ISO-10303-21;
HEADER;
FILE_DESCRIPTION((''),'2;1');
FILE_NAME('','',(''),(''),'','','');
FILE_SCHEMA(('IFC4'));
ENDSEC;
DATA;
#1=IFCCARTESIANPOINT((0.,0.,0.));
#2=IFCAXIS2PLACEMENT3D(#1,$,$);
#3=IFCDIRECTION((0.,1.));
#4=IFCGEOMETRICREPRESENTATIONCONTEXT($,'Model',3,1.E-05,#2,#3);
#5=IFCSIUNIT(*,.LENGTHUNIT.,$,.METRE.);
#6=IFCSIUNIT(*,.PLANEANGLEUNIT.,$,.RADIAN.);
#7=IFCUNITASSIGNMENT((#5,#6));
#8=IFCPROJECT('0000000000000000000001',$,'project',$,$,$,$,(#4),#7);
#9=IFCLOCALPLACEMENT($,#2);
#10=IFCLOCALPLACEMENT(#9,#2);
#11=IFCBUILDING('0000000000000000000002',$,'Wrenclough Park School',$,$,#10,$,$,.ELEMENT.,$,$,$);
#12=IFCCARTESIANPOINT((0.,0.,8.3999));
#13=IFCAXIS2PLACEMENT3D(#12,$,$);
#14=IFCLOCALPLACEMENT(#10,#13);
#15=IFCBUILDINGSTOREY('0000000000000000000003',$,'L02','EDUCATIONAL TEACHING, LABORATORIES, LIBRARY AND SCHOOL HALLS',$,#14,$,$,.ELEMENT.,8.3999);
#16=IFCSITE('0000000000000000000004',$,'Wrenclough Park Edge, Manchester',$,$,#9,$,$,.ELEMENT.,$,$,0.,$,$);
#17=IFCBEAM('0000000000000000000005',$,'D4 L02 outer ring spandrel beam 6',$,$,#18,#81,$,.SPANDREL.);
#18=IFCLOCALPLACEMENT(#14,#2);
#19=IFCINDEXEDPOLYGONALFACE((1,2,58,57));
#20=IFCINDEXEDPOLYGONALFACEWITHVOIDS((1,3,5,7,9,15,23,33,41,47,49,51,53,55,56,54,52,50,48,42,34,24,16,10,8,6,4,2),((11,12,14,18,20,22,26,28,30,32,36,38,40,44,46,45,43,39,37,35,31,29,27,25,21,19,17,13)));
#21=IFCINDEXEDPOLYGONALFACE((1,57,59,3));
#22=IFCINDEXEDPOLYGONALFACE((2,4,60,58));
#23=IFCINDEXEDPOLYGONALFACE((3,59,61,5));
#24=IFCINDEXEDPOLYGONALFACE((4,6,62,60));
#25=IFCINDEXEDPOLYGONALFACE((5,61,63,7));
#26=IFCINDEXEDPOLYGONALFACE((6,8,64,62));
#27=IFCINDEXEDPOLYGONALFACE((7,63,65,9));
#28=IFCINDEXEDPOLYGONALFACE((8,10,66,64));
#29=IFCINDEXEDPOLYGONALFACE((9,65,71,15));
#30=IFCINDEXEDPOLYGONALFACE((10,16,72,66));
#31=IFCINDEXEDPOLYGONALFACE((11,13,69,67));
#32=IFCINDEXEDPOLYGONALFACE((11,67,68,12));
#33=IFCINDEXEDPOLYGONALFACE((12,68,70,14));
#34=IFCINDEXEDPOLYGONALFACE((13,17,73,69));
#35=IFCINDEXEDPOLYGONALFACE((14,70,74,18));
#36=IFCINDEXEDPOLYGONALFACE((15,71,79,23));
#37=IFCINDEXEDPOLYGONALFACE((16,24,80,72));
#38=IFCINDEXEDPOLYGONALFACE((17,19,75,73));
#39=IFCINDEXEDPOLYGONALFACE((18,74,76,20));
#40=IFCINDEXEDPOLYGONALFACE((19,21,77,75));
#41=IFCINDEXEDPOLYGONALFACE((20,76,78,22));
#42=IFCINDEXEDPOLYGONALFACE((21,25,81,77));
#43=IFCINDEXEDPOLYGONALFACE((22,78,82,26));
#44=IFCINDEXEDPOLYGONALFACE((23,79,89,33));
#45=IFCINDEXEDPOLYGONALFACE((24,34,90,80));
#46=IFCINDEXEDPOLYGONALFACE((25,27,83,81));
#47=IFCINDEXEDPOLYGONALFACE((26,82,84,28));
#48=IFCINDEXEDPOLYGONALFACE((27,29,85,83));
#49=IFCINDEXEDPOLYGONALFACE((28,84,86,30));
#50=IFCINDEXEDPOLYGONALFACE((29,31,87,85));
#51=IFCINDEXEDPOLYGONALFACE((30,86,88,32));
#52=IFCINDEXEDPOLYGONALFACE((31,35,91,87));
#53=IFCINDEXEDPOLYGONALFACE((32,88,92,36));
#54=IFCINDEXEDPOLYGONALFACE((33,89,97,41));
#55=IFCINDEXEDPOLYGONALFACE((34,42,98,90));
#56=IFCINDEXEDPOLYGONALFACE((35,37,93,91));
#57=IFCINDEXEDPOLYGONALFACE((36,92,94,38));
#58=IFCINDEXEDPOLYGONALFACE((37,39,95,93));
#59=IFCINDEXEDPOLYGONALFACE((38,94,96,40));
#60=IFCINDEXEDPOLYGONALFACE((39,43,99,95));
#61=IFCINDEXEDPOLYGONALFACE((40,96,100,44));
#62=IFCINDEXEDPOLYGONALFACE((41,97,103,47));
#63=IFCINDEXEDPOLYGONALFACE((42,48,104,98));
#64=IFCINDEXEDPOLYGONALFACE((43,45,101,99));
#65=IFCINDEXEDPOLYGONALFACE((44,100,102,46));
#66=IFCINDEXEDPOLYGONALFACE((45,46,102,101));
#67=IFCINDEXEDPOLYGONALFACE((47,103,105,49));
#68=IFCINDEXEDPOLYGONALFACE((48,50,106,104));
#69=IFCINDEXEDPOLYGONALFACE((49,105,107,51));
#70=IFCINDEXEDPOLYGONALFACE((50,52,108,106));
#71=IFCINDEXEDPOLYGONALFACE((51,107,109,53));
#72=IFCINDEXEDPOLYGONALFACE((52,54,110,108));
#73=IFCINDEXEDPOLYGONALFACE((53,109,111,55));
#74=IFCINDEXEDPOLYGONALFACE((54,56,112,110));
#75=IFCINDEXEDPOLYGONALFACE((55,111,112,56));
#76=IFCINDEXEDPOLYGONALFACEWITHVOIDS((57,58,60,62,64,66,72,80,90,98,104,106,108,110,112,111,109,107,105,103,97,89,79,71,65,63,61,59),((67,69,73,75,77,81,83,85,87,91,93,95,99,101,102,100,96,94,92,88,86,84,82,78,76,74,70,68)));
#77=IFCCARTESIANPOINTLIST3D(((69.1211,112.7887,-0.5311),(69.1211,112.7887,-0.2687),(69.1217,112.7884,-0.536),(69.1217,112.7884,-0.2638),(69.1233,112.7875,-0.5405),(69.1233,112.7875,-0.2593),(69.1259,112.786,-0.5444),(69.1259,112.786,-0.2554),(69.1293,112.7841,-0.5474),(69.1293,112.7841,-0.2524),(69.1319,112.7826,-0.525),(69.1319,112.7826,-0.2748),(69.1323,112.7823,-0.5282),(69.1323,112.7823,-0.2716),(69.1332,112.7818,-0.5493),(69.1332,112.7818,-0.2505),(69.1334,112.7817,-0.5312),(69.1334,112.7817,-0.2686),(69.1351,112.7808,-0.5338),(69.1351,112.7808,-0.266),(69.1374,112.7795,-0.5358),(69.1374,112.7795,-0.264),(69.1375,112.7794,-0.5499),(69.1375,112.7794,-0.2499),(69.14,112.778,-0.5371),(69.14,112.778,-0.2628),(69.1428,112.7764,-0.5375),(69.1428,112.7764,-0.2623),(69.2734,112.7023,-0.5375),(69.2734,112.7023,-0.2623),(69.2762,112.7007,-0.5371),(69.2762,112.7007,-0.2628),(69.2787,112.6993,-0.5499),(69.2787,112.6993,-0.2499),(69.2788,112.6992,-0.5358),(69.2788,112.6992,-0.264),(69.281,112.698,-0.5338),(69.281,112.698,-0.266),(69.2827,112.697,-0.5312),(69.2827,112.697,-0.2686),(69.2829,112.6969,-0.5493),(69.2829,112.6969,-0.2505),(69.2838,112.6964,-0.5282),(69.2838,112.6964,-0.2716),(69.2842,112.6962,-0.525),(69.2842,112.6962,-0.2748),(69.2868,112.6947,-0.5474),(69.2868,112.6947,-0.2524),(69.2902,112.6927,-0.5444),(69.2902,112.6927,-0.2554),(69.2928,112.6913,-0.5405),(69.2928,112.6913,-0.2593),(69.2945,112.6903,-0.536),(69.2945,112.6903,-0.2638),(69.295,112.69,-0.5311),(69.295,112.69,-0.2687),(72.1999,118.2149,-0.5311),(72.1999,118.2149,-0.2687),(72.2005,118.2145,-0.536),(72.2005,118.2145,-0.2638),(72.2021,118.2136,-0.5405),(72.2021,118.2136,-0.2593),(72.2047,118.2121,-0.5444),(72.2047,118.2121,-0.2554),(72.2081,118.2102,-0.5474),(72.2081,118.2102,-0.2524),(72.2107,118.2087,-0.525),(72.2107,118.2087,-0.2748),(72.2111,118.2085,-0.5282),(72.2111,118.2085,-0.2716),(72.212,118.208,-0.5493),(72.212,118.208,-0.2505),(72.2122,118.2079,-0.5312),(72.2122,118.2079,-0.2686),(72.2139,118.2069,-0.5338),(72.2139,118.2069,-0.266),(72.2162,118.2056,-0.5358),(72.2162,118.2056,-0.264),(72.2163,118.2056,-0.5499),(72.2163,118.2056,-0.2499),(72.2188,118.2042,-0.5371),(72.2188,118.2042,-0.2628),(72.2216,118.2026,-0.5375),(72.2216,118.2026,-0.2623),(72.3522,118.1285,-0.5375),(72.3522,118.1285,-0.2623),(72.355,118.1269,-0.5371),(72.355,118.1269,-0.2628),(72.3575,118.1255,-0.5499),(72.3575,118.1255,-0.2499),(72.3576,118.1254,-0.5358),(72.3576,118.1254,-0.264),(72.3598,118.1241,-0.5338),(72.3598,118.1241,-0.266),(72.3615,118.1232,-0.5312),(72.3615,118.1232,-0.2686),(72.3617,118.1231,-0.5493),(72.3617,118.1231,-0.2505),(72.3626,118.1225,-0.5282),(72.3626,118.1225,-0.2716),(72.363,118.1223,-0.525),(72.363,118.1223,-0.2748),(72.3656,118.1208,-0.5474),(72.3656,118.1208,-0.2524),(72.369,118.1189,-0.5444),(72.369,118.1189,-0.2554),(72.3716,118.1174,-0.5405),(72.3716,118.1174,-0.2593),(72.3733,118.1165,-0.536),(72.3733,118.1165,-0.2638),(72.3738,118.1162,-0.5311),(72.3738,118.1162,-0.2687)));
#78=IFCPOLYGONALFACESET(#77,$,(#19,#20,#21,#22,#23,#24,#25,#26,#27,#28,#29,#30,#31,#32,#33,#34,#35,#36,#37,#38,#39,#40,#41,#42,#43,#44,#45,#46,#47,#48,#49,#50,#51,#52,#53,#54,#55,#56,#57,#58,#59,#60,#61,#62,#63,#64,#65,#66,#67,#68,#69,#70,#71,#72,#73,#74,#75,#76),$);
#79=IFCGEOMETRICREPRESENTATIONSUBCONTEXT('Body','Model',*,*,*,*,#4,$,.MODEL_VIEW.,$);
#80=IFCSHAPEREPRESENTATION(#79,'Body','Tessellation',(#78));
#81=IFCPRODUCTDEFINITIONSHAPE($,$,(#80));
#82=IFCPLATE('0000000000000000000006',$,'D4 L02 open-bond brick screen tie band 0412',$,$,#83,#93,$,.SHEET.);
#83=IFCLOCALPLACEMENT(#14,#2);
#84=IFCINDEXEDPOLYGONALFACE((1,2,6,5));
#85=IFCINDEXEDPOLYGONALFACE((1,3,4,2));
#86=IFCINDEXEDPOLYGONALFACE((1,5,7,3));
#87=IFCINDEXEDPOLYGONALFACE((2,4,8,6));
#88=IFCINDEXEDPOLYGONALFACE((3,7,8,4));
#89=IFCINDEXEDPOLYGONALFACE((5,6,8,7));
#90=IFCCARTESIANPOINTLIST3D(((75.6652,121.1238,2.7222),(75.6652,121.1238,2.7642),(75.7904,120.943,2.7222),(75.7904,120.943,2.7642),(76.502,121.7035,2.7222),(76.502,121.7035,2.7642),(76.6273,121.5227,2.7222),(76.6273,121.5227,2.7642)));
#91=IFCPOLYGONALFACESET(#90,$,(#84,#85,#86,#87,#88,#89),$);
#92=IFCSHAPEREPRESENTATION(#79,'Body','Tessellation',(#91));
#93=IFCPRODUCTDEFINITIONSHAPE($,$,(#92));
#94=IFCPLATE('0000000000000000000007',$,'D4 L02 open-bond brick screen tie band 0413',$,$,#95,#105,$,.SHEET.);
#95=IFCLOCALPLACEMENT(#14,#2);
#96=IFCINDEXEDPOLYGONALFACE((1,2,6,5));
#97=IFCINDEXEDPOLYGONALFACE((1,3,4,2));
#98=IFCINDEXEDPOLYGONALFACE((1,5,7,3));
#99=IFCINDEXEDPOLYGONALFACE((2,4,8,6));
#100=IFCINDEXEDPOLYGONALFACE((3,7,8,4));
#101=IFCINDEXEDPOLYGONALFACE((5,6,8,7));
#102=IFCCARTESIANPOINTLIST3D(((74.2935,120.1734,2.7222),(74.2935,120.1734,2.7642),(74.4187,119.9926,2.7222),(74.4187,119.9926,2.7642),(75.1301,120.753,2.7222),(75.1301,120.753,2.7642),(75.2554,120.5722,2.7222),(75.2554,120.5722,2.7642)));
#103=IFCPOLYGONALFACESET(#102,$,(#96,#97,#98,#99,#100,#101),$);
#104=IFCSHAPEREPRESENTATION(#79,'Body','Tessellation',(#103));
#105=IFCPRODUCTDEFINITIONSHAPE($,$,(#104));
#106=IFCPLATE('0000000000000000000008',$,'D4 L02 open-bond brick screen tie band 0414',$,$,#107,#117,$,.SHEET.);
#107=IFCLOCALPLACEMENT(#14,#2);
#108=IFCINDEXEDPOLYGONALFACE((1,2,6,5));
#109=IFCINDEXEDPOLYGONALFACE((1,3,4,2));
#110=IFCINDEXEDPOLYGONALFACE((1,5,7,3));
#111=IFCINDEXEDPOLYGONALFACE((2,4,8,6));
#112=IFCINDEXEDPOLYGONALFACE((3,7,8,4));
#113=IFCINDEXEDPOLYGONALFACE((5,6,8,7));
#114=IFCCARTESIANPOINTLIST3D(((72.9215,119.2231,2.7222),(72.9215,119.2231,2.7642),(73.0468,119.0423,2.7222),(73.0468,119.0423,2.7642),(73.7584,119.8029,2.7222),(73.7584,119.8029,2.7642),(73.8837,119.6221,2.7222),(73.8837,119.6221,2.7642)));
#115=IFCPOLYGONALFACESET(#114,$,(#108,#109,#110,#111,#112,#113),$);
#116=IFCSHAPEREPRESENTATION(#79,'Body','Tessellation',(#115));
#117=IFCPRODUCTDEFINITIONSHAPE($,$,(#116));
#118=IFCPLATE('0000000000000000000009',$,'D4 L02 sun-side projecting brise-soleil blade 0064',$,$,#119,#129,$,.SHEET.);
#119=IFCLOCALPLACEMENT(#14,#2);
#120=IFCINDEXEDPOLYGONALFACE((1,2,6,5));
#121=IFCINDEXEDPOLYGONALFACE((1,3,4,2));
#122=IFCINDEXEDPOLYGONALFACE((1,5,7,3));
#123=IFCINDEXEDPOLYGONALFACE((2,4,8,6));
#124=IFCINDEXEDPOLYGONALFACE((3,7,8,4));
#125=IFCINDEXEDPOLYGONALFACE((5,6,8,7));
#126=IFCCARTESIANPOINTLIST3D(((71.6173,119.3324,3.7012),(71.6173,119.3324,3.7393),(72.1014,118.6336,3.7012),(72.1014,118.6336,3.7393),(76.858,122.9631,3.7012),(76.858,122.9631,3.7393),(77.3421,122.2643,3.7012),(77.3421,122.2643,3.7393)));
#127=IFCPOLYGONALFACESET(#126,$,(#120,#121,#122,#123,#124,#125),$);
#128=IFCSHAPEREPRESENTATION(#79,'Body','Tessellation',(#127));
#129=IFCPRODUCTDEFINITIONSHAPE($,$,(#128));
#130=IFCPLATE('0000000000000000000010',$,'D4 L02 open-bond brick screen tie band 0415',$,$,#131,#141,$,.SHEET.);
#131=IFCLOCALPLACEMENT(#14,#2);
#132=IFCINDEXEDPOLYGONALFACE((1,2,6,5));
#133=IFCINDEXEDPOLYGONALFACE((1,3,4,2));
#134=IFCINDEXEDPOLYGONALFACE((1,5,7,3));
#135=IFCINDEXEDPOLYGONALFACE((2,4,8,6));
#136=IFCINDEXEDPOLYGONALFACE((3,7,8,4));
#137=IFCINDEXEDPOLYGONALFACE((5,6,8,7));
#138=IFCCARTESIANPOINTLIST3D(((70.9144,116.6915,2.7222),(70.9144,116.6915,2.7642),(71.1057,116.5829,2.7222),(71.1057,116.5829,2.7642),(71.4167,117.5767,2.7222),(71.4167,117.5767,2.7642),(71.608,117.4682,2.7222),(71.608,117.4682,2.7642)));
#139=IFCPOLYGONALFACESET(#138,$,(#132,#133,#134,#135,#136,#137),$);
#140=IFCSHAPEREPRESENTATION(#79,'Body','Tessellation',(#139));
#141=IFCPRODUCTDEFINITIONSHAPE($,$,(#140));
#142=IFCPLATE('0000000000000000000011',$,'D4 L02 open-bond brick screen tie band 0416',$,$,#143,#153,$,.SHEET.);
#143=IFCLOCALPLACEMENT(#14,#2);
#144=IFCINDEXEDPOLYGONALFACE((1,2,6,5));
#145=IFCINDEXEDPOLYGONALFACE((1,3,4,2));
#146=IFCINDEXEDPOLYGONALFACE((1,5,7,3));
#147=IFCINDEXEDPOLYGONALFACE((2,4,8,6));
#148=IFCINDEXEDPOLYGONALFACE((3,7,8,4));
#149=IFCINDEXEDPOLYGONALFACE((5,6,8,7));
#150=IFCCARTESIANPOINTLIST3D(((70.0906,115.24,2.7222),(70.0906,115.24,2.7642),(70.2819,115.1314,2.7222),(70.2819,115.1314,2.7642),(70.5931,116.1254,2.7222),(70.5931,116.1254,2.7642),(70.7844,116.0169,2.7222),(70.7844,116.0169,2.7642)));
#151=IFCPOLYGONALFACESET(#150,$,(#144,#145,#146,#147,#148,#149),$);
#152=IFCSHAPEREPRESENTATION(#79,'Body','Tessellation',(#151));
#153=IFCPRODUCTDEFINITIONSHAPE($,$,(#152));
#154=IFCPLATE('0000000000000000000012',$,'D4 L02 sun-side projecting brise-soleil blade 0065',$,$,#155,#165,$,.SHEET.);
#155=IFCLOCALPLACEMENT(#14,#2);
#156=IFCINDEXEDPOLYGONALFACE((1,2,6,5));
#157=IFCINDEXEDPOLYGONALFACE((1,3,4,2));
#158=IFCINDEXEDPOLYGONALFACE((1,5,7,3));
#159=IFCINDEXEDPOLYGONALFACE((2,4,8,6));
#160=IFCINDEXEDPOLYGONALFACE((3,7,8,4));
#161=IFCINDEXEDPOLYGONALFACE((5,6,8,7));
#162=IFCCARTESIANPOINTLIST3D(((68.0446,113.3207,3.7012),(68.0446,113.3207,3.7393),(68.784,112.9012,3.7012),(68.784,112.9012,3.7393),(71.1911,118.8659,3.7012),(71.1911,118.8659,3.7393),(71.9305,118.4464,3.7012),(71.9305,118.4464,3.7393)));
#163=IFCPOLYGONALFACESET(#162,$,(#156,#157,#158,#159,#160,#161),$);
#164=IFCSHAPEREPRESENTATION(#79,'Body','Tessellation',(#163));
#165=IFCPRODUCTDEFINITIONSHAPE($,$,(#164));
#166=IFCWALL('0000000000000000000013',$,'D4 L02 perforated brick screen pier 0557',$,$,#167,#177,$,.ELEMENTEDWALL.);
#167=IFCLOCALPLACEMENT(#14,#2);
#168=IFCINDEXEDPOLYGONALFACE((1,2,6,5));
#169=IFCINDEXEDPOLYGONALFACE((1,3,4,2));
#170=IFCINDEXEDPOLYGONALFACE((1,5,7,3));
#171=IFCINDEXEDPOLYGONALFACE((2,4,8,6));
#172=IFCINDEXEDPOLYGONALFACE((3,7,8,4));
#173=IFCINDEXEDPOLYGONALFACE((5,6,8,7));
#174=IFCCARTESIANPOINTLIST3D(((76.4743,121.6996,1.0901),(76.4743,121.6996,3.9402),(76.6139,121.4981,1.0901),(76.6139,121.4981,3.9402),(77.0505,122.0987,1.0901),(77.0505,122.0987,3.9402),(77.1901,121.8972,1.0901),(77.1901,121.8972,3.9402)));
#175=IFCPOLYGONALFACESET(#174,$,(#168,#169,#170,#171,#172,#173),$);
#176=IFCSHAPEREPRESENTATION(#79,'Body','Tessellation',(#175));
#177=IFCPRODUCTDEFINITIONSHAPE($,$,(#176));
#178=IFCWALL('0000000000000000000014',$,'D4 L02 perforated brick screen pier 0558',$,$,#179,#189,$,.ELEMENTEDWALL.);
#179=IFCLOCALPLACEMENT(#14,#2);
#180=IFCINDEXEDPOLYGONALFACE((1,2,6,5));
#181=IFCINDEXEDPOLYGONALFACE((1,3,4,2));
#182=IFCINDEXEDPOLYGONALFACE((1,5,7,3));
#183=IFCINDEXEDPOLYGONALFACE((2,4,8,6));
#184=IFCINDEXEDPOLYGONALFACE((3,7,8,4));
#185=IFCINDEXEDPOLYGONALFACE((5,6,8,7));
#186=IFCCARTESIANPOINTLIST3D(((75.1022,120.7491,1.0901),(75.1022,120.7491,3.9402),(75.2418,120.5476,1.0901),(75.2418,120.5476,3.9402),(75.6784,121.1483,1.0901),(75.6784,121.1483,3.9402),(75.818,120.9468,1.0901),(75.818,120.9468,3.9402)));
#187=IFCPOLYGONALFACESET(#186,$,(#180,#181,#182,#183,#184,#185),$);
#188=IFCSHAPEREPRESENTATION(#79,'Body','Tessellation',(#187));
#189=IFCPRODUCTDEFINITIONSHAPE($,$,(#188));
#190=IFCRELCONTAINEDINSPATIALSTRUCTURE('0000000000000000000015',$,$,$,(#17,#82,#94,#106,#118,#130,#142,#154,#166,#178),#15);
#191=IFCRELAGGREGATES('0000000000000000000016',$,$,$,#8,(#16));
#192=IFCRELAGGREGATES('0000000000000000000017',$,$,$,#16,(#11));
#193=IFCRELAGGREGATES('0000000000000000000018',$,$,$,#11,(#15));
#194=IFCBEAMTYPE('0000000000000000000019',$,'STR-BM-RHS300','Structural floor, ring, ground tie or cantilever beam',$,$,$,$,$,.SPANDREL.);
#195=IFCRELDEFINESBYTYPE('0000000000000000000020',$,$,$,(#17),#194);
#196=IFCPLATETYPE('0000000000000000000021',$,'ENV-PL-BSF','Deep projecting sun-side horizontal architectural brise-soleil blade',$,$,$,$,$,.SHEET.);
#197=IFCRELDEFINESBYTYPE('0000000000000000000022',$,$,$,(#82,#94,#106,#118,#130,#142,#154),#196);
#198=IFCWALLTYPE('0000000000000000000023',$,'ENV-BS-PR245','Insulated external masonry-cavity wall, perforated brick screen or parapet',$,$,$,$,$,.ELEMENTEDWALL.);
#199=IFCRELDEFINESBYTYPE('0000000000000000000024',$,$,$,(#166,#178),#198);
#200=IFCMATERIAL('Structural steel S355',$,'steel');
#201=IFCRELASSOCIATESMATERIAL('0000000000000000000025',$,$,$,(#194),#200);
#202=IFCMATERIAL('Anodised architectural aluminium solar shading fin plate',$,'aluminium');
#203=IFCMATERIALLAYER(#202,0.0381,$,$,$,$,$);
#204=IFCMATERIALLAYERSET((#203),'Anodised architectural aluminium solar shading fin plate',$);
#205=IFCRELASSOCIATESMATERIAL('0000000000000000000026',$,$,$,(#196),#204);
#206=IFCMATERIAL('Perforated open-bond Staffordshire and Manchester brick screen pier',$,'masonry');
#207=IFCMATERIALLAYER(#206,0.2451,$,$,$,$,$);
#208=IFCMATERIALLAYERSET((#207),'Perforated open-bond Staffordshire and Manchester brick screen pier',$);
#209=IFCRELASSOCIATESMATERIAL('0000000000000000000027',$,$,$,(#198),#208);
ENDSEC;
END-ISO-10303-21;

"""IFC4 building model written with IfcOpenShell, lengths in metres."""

from ifc_helpers import new_model, si_unit, direction, frame, frame_2d, origin, origin_2d, place, context, subcontext, project, spatial, rectangle, hollow_rectangle, extrude, material, layer, layer_set, material_profile, profile_set, type_object, element, save


model = new_model("IFC4")

# Units and contexts
model_context = context("Model", 3, precision=1e-05, world=origin(), true_north=direction((0.0, 1.0)))
body_context = subcontext(model_context, "Body", "Model", "MODEL_VIEW")
ifc_project = project(units=[si_unit("LENGTHUNIT", "METRE"), si_unit("PLANEANGLEUNIT", "RADIAN")], contexts=[model_context])

# Site, building, storey
site_placement = place(None, origin())
site = spatial("IfcSite", under=ifc_project, at=site_placement, Name="Wrenclough Park Edge, Manchester", CompositionType="ELEMENT", RefElevation=0.0)
building_placement = place(site_placement, origin())
building = spatial("IfcBuilding", under=site, at=building_placement, Name="Wrenclough Park School", CompositionType="ELEMENT")
storey_placement = place(building_placement, frame((0.0, 0.0, 8.3999)))
storey = spatial("IfcBuildingStorey", under=building, at=storey_placement, Name="L02", Description="EDUCATIONAL TEACHING, LABORATORIES, LIBRARY AND SCHOOL HALLS", CompositionType="ELEMENT", Elevation=8.3999)

# Shared definitions
ifc_material_1 = material(Name="Structural steel S355", Category="steel")

# Beam
ifc_material_profile_1 = material_profile(ifc_material_1, hollow_rectangle(XDim=0.2, YDim=0.3, WallThickness=0.0125, InnerFilletRadius=0.0125, OuterFilletRadius=0.0188, at=origin_2d()), Name="RHS 300x200x12.5")
ifc_profile_set_1 = profile_set([ifc_material_profile_1], Name="Structural steel S355")
beam_type = type_object("IfcBeamType", Name="STR-BM-RHS300", Description="Structural floor, ring, ground tie or cantilever beam", PredefinedType="SPANDREL", material=ifc_profile_set_1)
beam_1_placement = place(storey_placement, frame((72.2869, 118.1655, -0.3999), z_axis=(-0.493494, -0.869749, 0.0), x_axis=(0.869749, -0.493494, 0.0)))
element("IfcBeam", 1, at=beam_1_placement, inside=storey, type_object=beam_type, Name="D4 L02 outer ring spandrel beam 6", PredefinedType="SPANDREL", context=body_context, shape_type="SweptSolid", body=[
    extrude(hollow_rectangle(XDim=0.2, YDim=0.3, WallThickness=0.0125, InnerFilletRadius=0.0125, OuterFilletRadius=0.0188, at=origin_2d()), origin(), (0.0, 0.0, 1.0), 6.2388),
])

# Plates
ifc_material_2 = material(Name="Anodised architectural aluminium solar shading fin plate", Category="aluminium")
ifc_layer_1 = layer(ifc_material_2, 0.0381)
ifc_layer_set_1 = layer_set([ifc_layer_1], Name="Anodised architectural aluminium solar shading fin plate")
plate_type = type_object("IfcPlateType", Name="ENV-PL-BSF", Description="Deep projecting sun-side horizontal architectural brise-soleil blade", PredefinedType="SHEET", material=ifc_layer_set_1)
plate_1_placement = place(storey_placement, frame((76.1462, 121.3232, 2.7222), z_axis=(0.0, 0.0, 1.0), x_axis=(-0.822008, -0.569476, 0.0)))
element("IfcPlate", 2, at=plate_1_placement, inside=storey, type_object=plate_type, Name="D4 L02 open-bond brick screen tie band 0412", PredefinedType="SHEET", context=body_context, shape_type="SweptSolid", body=[
    extrude(rectangle(XDim=1.0181, YDim=0.22, at=origin_2d()), origin(), (0.0, 0.0, 1.0), 0.042),
])
plate_2_placement = place(storey_placement, frame((74.7744, 120.3728, 2.7222), z_axis=(0.0, 0.0, 1.0), x_axis=(-0.822008, -0.569476, 0.0)))
element("IfcPlate", 3, at=plate_2_placement, inside=storey, type_object=plate_type, Name="D4 L02 open-bond brick screen tie band 0413", PredefinedType="SHEET", context=body_context, shape_type="SweptSolid", body=[
    extrude(rectangle(XDim=1.0178, YDim=0.22, at=origin_2d()), origin(), (0.0, 0.0, 1.0), 0.042),
])
plate_3_placement = place(storey_placement, frame((73.4026, 119.4226, 2.7222), z_axis=(0.0, 0.0, 1.0), x_axis=(-0.822008, -0.569476, 0.0)))
element("IfcPlate", 4, at=plate_3_placement, inside=storey, type_object=plate_type, Name="D4 L02 open-bond brick screen tie band 0414", PredefinedType="SHEET", context=body_context, shape_type="SweptSolid", body=[
    extrude(rectangle(XDim=1.0181, YDim=0.22, at=origin_2d()), origin(), (0.0, 0.0, 1.0), 0.042),
])
plate_4_placement = place(storey_placement, frame((74.4797, 120.7983, 3.7012), z_axis=(0.0, 0.0, 1.0), x_axis=(-0.822008, -0.569476, 0.0)))
element("IfcPlate", 5, at=plate_4_placement, inside=storey, type_object=plate_type, Name="D4 L02 sun-side projecting brise-soleil blade 0064", PredefinedType="SHEET", context=body_context, shape_type="SweptSolid", body=[
    extrude(rectangle(XDim=6.3755, YDim=0.8501, at=origin_2d()), origin(), (0.0, 0.0, 1.0), 0.0381),
])
plate_5_placement = place(storey_placement, frame((71.2612, 117.0798, 2.7222), z_axis=(0.0, 0.0, 1.0), x_axis=(-0.493509, -0.869741, 0.0)))
element("IfcPlate", 6, at=plate_5_placement, inside=storey, type_object=plate_type, Name="D4 L02 open-bond brick screen tie band 0415", PredefinedType="SHEET", context=body_context, shape_type="SweptSolid", body=[
    extrude(rectangle(XDim=1.0178, YDim=0.22, at=origin_2d()), origin(), (0.0, 0.0, 1.0), 0.042),
])
plate_6_placement = place(storey_placement, frame((70.4375, 115.6284, 2.7222), z_axis=(0.0, 0.0, 1.0), x_axis=(-0.493509, -0.869741, 0.0)))
element("IfcPlate", 7, at=plate_6_placement, inside=storey, type_object=plate_type, Name="D4 L02 open-bond brick screen tie band 0416", PredefinedType="SHEET", context=body_context, shape_type="SweptSolid", body=[
    extrude(rectangle(XDim=1.0181, YDim=0.22, at=origin_2d()), origin(), (0.0, 0.0, 1.0), 0.042),
])
plate_7_placement = place(storey_placement, frame((69.9875, 115.8835, 3.7012), z_axis=(0.0, 0.0, 1.0), x_axis=(-0.493509, -0.869741, 0.0)))
element("IfcPlate", 8, at=plate_7_placement, inside=storey, type_object=plate_type, Name="D4 L02 sun-side projecting brise-soleil blade 0065", PredefinedType="SHEET", context=body_context, shape_type="SweptSolid", body=[
    extrude(rectangle(XDim=6.3757, YDim=0.8501, at=origin_2d()), origin(), (0.0, 0.0, 1.0), 0.0381),
])

# Walls
ifc_material_3 = material(Name="Perforated open-bond Staffordshire and Manchester brick screen pier", Category="masonry")
ifc_layer_2 = layer(ifc_material_3, 0.2451)
ifc_layer_set_2 = layer_set([ifc_layer_2], Name="Perforated open-bond Staffordshire and Manchester brick screen pier")
wall_type_1 = type_object("IfcWallType", Name="ENV-BS-PR245", Description="Insulated external masonry-cavity wall, perforated brick screen or parapet", PredefinedType="ELEMENTEDWALL", material=ifc_layer_set_2)
for number, where, z_axis, x_axis, name in (
    (9, (77.1204, 121.998, 1.0901), (0.0, 0.0, 1.0), (-0.822004, -0.569482, 0.0), "D4 L02 perforated brick screen pier 0557"),
    (10, (75.7483, 121.0476, 1.0901), (0.0, 0.0, 1.0), (-0.822004, -0.569482, 0.0), "D4 L02 perforated brick screen pier 0558"),
):
    element("IfcWall", number, at=place(storey_placement, frame(where, z_axis=z_axis, x_axis=x_axis)), inside=storey, type_object=wall_type_1, Name=name, PredefinedType="ELEMENTEDWALL", context=body_context, shape_type="SweptSolid", body=[
        extrude(rectangle(XDim=0.7009, YDim=0.2451, at=frame_2d((0.3506, 0.0))), origin(), (0.0, 0.0, 1.0), 2.8501),
    ])

save(model, "model.ifc")
